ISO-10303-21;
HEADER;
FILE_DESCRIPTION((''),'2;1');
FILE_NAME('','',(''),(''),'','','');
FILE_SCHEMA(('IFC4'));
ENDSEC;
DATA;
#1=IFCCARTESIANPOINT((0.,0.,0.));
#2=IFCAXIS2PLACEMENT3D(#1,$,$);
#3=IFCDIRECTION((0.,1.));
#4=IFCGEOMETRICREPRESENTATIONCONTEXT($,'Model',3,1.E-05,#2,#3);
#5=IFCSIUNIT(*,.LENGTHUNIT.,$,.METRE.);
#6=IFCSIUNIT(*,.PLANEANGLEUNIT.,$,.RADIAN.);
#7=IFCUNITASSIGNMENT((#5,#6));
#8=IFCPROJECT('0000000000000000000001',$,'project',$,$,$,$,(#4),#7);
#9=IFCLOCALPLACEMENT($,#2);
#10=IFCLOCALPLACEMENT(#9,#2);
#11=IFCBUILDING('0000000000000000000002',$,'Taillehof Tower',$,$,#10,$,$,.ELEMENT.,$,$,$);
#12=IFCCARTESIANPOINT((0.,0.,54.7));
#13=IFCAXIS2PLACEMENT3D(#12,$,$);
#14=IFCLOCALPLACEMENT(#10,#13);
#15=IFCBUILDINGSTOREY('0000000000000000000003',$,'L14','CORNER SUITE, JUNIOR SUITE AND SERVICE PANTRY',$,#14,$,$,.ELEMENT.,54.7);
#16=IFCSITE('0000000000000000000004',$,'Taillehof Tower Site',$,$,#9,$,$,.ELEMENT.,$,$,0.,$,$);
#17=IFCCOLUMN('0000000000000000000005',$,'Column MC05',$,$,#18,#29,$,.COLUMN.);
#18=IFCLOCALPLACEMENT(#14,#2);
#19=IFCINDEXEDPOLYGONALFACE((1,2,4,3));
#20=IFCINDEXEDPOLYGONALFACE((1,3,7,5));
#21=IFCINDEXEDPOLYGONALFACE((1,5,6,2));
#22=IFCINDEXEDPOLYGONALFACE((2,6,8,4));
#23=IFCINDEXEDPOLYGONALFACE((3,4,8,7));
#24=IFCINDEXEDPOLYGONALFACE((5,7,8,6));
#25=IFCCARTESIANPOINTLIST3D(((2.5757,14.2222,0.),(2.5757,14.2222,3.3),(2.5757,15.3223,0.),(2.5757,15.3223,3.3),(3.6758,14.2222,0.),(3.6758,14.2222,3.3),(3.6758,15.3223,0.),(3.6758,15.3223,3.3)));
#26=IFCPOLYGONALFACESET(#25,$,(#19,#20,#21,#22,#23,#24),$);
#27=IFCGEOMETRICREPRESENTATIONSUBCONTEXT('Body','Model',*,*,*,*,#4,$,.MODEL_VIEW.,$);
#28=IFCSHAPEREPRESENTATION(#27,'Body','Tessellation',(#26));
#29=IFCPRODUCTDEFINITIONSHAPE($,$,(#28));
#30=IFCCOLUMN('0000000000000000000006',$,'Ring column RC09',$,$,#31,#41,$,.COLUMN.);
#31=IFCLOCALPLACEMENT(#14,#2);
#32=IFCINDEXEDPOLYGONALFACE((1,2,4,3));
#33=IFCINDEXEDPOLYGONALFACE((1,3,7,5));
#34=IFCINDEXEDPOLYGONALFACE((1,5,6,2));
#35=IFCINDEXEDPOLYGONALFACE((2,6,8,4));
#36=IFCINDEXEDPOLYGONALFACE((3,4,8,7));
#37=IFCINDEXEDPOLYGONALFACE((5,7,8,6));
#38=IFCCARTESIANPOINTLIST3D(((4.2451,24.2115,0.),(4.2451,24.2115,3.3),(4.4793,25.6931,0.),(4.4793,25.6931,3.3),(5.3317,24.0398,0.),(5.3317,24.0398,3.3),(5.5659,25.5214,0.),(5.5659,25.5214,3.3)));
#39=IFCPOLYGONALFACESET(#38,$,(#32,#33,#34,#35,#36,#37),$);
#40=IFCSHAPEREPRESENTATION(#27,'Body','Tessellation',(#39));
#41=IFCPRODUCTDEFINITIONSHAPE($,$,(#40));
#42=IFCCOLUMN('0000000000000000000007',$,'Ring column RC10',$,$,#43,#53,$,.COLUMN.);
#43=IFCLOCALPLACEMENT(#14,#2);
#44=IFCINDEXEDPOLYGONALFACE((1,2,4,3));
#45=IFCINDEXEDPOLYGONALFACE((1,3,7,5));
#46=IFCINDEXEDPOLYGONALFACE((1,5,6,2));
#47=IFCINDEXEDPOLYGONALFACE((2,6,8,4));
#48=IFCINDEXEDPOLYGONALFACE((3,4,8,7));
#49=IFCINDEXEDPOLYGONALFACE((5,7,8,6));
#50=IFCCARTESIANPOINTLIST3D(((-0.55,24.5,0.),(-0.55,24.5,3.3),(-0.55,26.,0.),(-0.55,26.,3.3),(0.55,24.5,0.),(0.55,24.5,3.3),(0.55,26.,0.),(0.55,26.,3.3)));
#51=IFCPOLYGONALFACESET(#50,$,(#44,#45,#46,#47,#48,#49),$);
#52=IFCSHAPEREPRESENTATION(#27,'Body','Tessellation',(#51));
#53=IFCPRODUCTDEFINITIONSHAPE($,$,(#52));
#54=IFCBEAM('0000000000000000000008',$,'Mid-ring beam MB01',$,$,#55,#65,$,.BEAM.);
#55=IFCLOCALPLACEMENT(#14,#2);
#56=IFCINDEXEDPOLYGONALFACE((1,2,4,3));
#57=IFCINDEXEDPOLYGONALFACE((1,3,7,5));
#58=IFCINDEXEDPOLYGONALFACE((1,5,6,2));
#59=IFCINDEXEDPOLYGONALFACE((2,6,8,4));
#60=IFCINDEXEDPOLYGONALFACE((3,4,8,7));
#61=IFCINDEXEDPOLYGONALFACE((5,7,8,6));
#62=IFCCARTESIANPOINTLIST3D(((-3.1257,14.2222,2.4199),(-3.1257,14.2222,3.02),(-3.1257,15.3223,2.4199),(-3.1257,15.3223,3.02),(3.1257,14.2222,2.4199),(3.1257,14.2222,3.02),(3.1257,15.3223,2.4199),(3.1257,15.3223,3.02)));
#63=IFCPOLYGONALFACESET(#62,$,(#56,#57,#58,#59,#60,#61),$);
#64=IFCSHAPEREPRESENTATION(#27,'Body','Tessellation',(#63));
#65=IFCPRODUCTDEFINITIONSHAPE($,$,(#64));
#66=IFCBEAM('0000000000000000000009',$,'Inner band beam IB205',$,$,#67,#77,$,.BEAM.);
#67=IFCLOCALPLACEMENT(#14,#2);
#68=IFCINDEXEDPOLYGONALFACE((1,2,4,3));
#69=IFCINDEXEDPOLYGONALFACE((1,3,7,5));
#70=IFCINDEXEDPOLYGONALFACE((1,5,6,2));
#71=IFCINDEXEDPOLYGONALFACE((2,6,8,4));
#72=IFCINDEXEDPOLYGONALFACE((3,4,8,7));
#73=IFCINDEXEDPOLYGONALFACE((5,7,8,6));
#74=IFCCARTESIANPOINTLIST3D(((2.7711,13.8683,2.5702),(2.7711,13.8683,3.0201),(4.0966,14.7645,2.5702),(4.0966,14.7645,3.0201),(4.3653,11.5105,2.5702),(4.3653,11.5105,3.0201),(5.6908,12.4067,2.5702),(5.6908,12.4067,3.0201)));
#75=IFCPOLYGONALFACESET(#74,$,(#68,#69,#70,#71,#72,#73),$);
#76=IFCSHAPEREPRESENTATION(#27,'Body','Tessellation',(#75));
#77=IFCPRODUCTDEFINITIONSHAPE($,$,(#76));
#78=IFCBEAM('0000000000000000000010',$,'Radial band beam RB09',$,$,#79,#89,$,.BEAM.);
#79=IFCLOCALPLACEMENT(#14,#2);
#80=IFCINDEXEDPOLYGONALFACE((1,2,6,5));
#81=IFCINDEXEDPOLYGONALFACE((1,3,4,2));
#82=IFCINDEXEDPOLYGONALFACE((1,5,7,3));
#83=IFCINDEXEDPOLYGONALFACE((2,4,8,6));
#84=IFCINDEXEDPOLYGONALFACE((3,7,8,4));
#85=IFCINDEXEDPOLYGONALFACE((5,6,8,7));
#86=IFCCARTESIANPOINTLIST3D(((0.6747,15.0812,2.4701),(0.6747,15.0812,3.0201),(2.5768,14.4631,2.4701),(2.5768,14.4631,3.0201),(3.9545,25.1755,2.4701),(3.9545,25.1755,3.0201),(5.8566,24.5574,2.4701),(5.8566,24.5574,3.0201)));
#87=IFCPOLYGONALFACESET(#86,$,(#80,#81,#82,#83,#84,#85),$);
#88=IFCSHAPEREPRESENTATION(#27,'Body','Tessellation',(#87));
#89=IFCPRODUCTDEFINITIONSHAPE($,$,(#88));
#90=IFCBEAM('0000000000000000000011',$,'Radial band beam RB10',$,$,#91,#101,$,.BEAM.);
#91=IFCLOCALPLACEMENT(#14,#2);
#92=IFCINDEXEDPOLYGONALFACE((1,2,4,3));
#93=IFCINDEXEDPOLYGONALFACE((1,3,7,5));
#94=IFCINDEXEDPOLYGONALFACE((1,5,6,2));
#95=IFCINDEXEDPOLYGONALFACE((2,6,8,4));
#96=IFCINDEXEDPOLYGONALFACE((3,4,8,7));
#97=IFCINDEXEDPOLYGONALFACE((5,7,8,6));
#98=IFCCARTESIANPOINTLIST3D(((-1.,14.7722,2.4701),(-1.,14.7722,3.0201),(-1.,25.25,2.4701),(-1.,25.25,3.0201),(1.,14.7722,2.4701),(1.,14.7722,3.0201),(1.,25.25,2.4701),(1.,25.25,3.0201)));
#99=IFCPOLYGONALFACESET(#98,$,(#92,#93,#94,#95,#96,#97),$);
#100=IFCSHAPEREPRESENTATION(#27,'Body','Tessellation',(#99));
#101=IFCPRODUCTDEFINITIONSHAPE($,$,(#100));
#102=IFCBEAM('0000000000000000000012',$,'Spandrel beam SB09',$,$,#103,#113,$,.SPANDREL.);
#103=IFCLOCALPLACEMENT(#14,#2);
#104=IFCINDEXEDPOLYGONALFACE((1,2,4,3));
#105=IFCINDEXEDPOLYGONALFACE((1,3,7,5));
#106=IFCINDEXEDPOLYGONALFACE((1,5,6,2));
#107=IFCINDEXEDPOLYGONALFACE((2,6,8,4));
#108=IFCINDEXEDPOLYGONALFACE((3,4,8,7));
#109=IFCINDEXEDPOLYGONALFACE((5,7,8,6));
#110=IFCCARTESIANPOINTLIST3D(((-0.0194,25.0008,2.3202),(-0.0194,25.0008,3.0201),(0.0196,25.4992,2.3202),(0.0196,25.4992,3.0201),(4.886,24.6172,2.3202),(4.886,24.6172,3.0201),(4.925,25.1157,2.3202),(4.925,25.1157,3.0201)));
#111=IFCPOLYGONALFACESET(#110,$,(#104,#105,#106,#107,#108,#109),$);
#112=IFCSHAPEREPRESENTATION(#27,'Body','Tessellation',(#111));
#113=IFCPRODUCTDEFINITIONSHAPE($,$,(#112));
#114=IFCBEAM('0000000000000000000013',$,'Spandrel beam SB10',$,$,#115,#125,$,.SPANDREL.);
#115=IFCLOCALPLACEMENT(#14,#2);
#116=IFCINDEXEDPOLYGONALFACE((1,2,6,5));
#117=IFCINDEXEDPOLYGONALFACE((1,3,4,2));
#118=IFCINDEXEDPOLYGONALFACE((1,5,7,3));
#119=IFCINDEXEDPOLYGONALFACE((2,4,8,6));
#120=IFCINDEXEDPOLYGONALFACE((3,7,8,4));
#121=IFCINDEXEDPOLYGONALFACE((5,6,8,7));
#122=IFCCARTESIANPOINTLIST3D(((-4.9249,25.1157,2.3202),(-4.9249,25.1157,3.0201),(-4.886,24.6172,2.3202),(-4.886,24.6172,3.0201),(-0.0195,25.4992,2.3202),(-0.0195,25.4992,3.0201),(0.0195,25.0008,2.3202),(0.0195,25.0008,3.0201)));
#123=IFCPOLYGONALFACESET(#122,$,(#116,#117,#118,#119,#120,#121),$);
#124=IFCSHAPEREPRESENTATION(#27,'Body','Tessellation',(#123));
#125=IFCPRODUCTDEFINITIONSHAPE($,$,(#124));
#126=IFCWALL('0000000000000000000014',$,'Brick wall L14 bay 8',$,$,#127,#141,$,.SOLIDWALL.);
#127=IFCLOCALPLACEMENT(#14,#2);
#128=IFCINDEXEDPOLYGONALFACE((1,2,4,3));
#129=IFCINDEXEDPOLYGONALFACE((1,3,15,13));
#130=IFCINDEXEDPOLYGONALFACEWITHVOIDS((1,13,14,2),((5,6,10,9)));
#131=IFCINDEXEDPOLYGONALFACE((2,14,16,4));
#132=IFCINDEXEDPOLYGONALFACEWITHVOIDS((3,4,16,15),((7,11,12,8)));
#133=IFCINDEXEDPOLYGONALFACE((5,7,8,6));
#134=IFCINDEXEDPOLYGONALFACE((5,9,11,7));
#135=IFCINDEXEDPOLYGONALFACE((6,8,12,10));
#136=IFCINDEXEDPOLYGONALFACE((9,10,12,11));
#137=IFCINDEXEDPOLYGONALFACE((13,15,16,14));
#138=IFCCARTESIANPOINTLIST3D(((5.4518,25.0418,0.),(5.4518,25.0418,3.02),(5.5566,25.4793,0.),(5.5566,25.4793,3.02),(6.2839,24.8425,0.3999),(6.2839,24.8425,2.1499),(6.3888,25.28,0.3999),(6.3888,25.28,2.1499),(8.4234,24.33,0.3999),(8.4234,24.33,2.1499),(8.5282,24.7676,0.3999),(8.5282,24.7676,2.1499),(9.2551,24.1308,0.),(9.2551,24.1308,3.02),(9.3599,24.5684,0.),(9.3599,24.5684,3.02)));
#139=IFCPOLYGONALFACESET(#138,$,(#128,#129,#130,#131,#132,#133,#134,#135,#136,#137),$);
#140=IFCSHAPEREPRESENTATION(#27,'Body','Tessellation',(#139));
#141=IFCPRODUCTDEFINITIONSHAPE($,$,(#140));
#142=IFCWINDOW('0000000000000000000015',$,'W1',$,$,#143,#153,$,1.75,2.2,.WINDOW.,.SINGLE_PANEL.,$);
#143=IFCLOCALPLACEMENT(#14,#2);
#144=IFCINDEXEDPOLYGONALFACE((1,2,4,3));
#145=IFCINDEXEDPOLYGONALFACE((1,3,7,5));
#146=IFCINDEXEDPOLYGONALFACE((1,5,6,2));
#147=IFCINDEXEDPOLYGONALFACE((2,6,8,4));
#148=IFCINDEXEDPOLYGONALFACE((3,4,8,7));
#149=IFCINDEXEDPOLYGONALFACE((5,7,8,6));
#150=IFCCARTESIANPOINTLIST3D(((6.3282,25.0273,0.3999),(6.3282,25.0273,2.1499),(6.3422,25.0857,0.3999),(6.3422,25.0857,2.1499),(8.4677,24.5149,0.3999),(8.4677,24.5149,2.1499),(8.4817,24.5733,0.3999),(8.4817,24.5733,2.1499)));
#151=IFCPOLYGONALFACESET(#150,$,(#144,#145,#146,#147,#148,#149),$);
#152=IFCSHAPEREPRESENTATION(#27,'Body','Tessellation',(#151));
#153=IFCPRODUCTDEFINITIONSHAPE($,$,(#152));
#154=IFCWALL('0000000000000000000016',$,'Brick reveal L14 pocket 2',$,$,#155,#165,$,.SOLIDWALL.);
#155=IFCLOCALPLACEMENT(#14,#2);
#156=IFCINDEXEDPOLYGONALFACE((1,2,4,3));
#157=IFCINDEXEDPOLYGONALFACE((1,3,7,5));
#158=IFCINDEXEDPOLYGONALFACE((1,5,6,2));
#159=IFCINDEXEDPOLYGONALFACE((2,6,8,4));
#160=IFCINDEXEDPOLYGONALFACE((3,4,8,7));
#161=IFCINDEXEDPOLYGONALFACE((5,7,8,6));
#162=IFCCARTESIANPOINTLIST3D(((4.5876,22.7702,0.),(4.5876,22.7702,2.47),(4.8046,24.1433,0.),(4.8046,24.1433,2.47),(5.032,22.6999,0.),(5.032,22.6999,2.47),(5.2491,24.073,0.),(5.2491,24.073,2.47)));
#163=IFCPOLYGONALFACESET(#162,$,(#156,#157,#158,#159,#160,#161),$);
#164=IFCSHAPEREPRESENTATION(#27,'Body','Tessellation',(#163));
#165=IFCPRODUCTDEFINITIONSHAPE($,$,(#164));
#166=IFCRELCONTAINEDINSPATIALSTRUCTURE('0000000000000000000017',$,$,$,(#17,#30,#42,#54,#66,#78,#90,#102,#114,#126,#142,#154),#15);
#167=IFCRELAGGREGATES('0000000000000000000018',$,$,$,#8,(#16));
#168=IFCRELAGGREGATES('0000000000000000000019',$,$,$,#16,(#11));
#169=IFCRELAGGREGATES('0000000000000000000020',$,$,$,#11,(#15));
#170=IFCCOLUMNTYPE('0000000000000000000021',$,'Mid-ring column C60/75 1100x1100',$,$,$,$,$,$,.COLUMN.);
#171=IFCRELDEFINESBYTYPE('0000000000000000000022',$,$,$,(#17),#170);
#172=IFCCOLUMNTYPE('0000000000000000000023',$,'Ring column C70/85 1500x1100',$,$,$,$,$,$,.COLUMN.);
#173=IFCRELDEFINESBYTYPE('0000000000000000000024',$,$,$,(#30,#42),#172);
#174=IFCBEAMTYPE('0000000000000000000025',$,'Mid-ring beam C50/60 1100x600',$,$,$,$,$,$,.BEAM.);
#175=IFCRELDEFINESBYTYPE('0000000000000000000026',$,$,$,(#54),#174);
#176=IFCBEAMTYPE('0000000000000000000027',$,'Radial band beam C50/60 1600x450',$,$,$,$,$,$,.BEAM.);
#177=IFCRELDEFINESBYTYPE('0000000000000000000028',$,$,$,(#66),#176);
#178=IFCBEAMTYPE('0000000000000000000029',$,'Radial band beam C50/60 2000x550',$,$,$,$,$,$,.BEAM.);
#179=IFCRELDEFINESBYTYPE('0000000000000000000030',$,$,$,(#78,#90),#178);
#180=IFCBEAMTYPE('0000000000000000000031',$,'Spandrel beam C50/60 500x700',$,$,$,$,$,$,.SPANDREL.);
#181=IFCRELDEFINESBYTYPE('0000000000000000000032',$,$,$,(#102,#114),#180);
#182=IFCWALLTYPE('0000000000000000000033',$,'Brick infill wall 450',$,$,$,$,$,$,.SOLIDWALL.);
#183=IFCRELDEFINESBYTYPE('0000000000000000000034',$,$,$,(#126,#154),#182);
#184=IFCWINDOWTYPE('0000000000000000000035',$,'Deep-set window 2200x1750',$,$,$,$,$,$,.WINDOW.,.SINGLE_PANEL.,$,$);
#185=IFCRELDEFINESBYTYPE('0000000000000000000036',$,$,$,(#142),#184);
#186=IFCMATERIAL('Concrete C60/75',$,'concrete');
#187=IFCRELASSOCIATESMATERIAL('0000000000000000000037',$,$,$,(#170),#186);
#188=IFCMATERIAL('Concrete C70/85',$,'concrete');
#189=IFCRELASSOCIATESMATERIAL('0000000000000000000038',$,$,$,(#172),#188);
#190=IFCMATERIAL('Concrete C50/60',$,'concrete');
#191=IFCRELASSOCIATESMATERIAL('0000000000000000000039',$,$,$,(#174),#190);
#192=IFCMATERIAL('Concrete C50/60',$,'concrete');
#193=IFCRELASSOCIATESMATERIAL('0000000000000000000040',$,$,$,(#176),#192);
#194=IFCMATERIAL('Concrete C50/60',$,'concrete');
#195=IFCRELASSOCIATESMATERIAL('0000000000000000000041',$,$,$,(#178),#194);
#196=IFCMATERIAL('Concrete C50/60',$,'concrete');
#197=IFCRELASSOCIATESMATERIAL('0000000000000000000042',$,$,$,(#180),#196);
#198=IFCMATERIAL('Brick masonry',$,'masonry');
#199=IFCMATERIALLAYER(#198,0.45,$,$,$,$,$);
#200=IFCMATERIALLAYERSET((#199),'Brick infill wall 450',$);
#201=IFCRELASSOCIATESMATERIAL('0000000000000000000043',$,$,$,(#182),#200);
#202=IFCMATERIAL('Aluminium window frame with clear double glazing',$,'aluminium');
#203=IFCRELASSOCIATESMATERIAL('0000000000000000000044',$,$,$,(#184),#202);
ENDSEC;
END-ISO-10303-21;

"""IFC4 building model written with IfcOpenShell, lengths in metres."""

from ifc_helpers import new_model, si_unit, direction, frame, frame_2d, origin, origin_2d, place, context, subcontext, project, spatial, rectangle, extrude, material, layer, layer_set, material_profile, profile_set, type_object, element, fill, save


model = new_model("IFC4")

# Units and contexts
model_context = context("Model", 3, precision=1e-05, world=origin(), true_north=direction((0.0, 1.0)))
body_context = subcontext(model_context, "Body", "Model", "MODEL_VIEW")
ifc_project = project(units=[si_unit("LENGTHUNIT", "METRE"), si_unit("PLANEANGLEUNIT", "RADIAN")], contexts=[model_context])

# Site, building, storey
site_placement = place(None, origin())
site = spatial("IfcSite", under=ifc_project, at=site_placement, Name="Taillehof Tower Site", CompositionType="ELEMENT", RefElevation=0.0)
building_placement = place(site_placement, origin())
building = spatial("IfcBuilding", under=site, at=building_placement, Name="Taillehof Tower", CompositionType="ELEMENT")
storey_placement = place(building_placement, frame((0.0, 0.0, 54.7)))
storey = spatial("IfcBuildingStorey", under=building, at=storey_placement, Name="L14", Description="CORNER SUITE, JUNIOR SUITE AND SERVICE PANTRY", CompositionType="ELEMENT", Elevation=54.7)

# Columns
ifc_material_1 = material(Name="Concrete C60/75", Category="concrete")
ifc_material_profile_1 = material_profile(ifc_material_1, rectangle(XDim=1.1001, YDim=1.1001, at=origin_2d()), Name="RC 1100x1100")
ifc_profile_set_1 = profile_set([ifc_material_profile_1], Name="Concrete C60/75")
column_type_1 = type_object("IfcColumnType", Name="Mid-ring column C60/75 1100x1100", PredefinedType="COLUMN", material=ifc_profile_set_1)
column_placement = place(storey_placement, frame((3.1257, 14.7722, 0.0), z_axis=(0.0, 0.0, 1.0), x_axis=(1.0, 0.0, 0.0)))
element("IfcColumn", 1, at=column_placement, inside=storey, type_object=column_type_1, Name="Column MC05", PredefinedType="COLUMN", context=body_context, shape_type="SweptSolid", body=[
    extrude(rectangle(XDim=1.1001, YDim=1.1001, at=origin_2d()), origin(), (0.0, 0.0, 1.0), 3.3),
])
ifc_material_2 = material(Name="Concrete C70/85", Category="concrete")
ifc_material_profile_2 = material_profile(ifc_material_2, rectangle(XDim=1.5, YDim=1.1001, at=origin_2d()), Name="RC 1500x1100")
ifc_profile_set_2 = profile_set([ifc_material_profile_2], Name="Concrete C70/85")
column_type_2 = type_object("IfcColumnType", Name="Ring column C70/85 1500x1100", PredefinedType="COLUMN", material=ifc_profile_set_2)
for number, where, z_axis, x_axis, name in (
    (2, (4.9055, 24.8665, 0.0), (0.0, 0.0, 1.0), (0.156147, 0.987734, 0.0), "Ring column RC09"),
    (3, (0.0, 25.25, 0.0), (0.0, 0.0, 1.0), (0.0, 1.0, 0.0), "Ring column RC10"),
):
    element("IfcColumn", number, at=place(storey_placement, frame(where, z_axis=z_axis, x_axis=x_axis)), inside=storey, type_object=column_type_2, Name=name, PredefinedType="COLUMN", context=body_context, shape_type="SweptSolid", body=[
        extrude(rectangle(XDim=1.5, YDim=1.1001, at=origin_2d()), origin(), (0.0, 0.0, 1.0), 3.3),
    ])

# Beams
ifc_material_3 = material(Name="Concrete C50/60", Category="concrete")
ifc_material_profile_3 = material_profile(ifc_material_3, rectangle(XDim=1.1001, YDim=0.6001, at=origin_2d()), Name="RC 1100x600")
ifc_profile_set_3 = profile_set([ifc_material_profile_3], Name="Concrete C50/60")
beam_type_1 = type_object("IfcBeamType", Name="Mid-ring beam C50/60 1100x600", PredefinedType="BEAM", material=ifc_profile_set_3)
beam_1_placement = place(storey_placement, frame((3.1257, 14.7722, 2.72), z_axis=(-1.0, 0.0, 0.0), x_axis=(0.0, -1.0, 0.0)))
element("IfcBeam", 4, at=beam_1_placement, inside=storey, type_object=beam_type_1, Name="Mid-ring beam MB01", PredefinedType="BEAM", context=body_context, shape_type="SweptSolid", body=[
    extrude(rectangle(XDim=1.1001, YDim=0.6001, at=origin_2d()), origin(), (0.0, 0.0, 1.0), 6.2515),
])
ifc_material_4 = material(Name="Concrete C50/60", Category="concrete")
ifc_material_profile_4 = material_profile(ifc_material_4, rectangle(XDim=1.6001, YDim=0.45, at=origin_2d()), Name="RC 1600x450")
ifc_profile_set_4 = profile_set([ifc_material_profile_4], Name="Concrete C50/60")
beam_type_2 = type_object("IfcBeamType", Name="Radial band beam C50/60 1600x450", PredefinedType="BEAM", material=ifc_profile_set_4)
beam_2_placement = place(storey_placement, frame((3.4338, 14.3164, 2.7952), z_axis=(0.560112, -0.828417, 0.0), x_axis=(0.828417, 0.560112, 0.0)))
element("IfcBeam", 5, at=beam_2_placement, inside=storey, type_object=beam_type_2, Name="Inner band beam IB205", PredefinedType="BEAM", context=body_context, shape_type="SweptSolid", body=[
    extrude(rectangle(XDim=1.6001, YDim=0.45, at=origin_2d()), origin(), (0.0, 0.0, 1.0), 2.8462),
])
ifc_material_5 = material(Name="Concrete C50/60", Category="concrete")
ifc_material_profile_5 = material_profile(ifc_material_5, rectangle(XDim=2.0, YDim=0.55, at=origin_2d()), Name="RC 2000x550")
ifc_profile_set_5 = profile_set([ifc_material_profile_5], Name="Concrete C50/60")
beam_type_3 = type_object("IfcBeamType", Name="Radial band beam C50/60 2000x550", PredefinedType="BEAM", material=ifc_profile_set_5)
beam_3_placement = place(storey_placement, frame((4.9055, 24.8665, 2.7451), z_axis=(-0.309014, -0.951057, 0.0), x_axis=(0.951057, -0.309014, 0.0)))
element("IfcBeam", 6, at=beam_3_placement, inside=storey, type_object=beam_type_3, Name="Radial band beam RB09", PredefinedType="BEAM", context=body_context, shape_type="SweptSolid", body=[
    extrude(rectangle(XDim=2.0, YDim=0.55, at=origin_2d()), origin(), (0.0, 0.0, 1.0), 10.6138),
])
beam_4_placement = place(storey_placement, frame((0.0, 25.25, 2.7451), z_axis=(0.0, -1.0, 0.0), x_axis=(1.0, 0.0, 0.0)))
element("IfcBeam", 7, at=beam_4_placement, inside=storey, type_object=beam_type_3, Name="Radial band beam RB10", PredefinedType="BEAM", context=body_context, shape_type="SweptSolid", body=[
    extrude(rectangle(XDim=2.0, YDim=0.55, at=origin_2d()), origin(), (0.0, 0.0, 1.0), 10.4778),
])
ifc_material_6 = material(Name="Concrete C50/60", Category="concrete")
ifc_material_profile_6 = material_profile(ifc_material_6, rectangle(XDim=0.5, YDim=0.7, at=origin_2d()), Name="RC 500x700")
ifc_profile_set_6 = profile_set([ifc_material_profile_6], Name="Concrete C50/60")
beam_type_4 = type_object("IfcBeamType", Name="Spandrel beam C50/60 500x700", PredefinedType="SPANDREL", material=ifc_profile_set_6)
for number, where, z_axis, x_axis, name in (
    (8, (4.9055, 24.8665, 2.6702), (-0.996957, 0.077949, 0.0), (-0.077949, -0.996957, 0.0), "Spandrel beam SB09"),
    (9, (0.0, 25.25, 2.6702), (-0.996957, -0.077949, 0.0), (0.077949, -0.996957, 0.0), "Spandrel beam SB10"),
):
    element("IfcBeam", number, at=place(storey_placement, frame(where, z_axis=z_axis, x_axis=x_axis)), inside=storey, type_object=beam_type_4, Name=name, PredefinedType="SPANDREL", context=body_context, shape_type="SweptSolid", body=[
        extrude(rectangle(XDim=0.5, YDim=0.7, at=origin_2d()), origin(), (0.0, 0.0, 1.0), 4.9204),
    ])

# Wall, opening, window
ifc_material_7 = material(Name="Brick masonry", Category="masonry")
ifc_layer_1 = layer(ifc_material_7, 0.45)
ifc_layer_set_1 = layer_set([ifc_layer_1], Name="Brick infill wall 450")
wall_type_1 = type_object("IfcWallType", Name="Brick infill wall 450", PredefinedType="SOLIDWALL", material=ifc_layer_set_1)
wall_1_placement = place(storey_placement, frame((9.3076, 24.3496, 0.0), z_axis=(0.0, 0.0, 1.0), x_axis=(-0.972497, 0.232917, 0.0)))
wall_1 = element("IfcWall", 10, at=wall_1_placement, inside=storey, type_object=wall_type_1, Name="Brick wall L14 bay 8", PredefinedType="SOLIDWALL", context=body_context, shape_type="SweptSolid", body=[
    extrude(rectangle(XDim=3.9109, YDim=0.45, at=frame_2d((1.9556, 0.0))), origin(), (0.0, 0.0, 1.0), 3.02),
])
opening_1_placement = place(wall_1_placement, frame((0.8552, 0.0, 0.3999)))
opening_1 = element("IfcOpeningElement", 11, at=opening_1_placement, cuts=wall_1, PredefinedType="OPENING", context=body_context, shape_type="SweptSolid", body=[
    extrude(rectangle(XDim=2.2, YDim=1.75, at=frame_2d((1.1001, 0.875))), frame((0.0, 0.2349, 0.0), z_axis=(0.0, -1.0, 0.0), x_axis=(1.0, 0.0, 0.0)), (0.0, 0.0, 1.0), 0.47),
])
ifc_material_8 = material(Name="Aluminium window frame with clear double glazing", Category="aluminium")
window_type_1 = type_object("IfcWindowType", Name="Deep-set window 2200x1750", PartitioningType="SINGLE_PANEL", PredefinedType="WINDOW", material=ifc_material_8)
window_1_placement = place(opening_1_placement, origin())
window_1 = element("IfcWindow", 12, at=window_1_placement, inside=storey, type_object=window_type_1, Name="W1", OverallHeight=1.75, OverallWidth=2.2, PartitioningType="SINGLE_PANEL", PredefinedType="WINDOW", context=body_context, shape_type="SweptSolid", body=[
    extrude(rectangle(XDim=2.2, YDim=1.75, at=frame_2d((1.1001, 0.875))), frame((0.0, 0.0349, 0.0), z_axis=(0.0, -1.0, 0.0), x_axis=(1.0, 0.0, 0.0)), (0.0, 0.0, 1.0), 0.0601),
])
fill(opening_1, window_1)

# Wall
wall_2_placement = place(storey_placement, frame((5.0269, 24.1082, 0.0), z_axis=(0.0, 0.0, 1.0), x_axis=(-0.156134, -0.987736, 0.0)))
element("IfcWall", 13, at=wall_2_placement, inside=storey, type_object=wall_type_1, Name="Brick reveal L14 pocket 2", PredefinedType="SOLIDWALL", context=body_context, shape_type="SweptSolid", body=[
    extrude(rectangle(XDim=1.3901, YDim=0.45, at=frame_2d((0.6951, 0.0))), origin(), (0.0, 0.0, 1.0), 2.47),
])

save(model, "model.ifc")
